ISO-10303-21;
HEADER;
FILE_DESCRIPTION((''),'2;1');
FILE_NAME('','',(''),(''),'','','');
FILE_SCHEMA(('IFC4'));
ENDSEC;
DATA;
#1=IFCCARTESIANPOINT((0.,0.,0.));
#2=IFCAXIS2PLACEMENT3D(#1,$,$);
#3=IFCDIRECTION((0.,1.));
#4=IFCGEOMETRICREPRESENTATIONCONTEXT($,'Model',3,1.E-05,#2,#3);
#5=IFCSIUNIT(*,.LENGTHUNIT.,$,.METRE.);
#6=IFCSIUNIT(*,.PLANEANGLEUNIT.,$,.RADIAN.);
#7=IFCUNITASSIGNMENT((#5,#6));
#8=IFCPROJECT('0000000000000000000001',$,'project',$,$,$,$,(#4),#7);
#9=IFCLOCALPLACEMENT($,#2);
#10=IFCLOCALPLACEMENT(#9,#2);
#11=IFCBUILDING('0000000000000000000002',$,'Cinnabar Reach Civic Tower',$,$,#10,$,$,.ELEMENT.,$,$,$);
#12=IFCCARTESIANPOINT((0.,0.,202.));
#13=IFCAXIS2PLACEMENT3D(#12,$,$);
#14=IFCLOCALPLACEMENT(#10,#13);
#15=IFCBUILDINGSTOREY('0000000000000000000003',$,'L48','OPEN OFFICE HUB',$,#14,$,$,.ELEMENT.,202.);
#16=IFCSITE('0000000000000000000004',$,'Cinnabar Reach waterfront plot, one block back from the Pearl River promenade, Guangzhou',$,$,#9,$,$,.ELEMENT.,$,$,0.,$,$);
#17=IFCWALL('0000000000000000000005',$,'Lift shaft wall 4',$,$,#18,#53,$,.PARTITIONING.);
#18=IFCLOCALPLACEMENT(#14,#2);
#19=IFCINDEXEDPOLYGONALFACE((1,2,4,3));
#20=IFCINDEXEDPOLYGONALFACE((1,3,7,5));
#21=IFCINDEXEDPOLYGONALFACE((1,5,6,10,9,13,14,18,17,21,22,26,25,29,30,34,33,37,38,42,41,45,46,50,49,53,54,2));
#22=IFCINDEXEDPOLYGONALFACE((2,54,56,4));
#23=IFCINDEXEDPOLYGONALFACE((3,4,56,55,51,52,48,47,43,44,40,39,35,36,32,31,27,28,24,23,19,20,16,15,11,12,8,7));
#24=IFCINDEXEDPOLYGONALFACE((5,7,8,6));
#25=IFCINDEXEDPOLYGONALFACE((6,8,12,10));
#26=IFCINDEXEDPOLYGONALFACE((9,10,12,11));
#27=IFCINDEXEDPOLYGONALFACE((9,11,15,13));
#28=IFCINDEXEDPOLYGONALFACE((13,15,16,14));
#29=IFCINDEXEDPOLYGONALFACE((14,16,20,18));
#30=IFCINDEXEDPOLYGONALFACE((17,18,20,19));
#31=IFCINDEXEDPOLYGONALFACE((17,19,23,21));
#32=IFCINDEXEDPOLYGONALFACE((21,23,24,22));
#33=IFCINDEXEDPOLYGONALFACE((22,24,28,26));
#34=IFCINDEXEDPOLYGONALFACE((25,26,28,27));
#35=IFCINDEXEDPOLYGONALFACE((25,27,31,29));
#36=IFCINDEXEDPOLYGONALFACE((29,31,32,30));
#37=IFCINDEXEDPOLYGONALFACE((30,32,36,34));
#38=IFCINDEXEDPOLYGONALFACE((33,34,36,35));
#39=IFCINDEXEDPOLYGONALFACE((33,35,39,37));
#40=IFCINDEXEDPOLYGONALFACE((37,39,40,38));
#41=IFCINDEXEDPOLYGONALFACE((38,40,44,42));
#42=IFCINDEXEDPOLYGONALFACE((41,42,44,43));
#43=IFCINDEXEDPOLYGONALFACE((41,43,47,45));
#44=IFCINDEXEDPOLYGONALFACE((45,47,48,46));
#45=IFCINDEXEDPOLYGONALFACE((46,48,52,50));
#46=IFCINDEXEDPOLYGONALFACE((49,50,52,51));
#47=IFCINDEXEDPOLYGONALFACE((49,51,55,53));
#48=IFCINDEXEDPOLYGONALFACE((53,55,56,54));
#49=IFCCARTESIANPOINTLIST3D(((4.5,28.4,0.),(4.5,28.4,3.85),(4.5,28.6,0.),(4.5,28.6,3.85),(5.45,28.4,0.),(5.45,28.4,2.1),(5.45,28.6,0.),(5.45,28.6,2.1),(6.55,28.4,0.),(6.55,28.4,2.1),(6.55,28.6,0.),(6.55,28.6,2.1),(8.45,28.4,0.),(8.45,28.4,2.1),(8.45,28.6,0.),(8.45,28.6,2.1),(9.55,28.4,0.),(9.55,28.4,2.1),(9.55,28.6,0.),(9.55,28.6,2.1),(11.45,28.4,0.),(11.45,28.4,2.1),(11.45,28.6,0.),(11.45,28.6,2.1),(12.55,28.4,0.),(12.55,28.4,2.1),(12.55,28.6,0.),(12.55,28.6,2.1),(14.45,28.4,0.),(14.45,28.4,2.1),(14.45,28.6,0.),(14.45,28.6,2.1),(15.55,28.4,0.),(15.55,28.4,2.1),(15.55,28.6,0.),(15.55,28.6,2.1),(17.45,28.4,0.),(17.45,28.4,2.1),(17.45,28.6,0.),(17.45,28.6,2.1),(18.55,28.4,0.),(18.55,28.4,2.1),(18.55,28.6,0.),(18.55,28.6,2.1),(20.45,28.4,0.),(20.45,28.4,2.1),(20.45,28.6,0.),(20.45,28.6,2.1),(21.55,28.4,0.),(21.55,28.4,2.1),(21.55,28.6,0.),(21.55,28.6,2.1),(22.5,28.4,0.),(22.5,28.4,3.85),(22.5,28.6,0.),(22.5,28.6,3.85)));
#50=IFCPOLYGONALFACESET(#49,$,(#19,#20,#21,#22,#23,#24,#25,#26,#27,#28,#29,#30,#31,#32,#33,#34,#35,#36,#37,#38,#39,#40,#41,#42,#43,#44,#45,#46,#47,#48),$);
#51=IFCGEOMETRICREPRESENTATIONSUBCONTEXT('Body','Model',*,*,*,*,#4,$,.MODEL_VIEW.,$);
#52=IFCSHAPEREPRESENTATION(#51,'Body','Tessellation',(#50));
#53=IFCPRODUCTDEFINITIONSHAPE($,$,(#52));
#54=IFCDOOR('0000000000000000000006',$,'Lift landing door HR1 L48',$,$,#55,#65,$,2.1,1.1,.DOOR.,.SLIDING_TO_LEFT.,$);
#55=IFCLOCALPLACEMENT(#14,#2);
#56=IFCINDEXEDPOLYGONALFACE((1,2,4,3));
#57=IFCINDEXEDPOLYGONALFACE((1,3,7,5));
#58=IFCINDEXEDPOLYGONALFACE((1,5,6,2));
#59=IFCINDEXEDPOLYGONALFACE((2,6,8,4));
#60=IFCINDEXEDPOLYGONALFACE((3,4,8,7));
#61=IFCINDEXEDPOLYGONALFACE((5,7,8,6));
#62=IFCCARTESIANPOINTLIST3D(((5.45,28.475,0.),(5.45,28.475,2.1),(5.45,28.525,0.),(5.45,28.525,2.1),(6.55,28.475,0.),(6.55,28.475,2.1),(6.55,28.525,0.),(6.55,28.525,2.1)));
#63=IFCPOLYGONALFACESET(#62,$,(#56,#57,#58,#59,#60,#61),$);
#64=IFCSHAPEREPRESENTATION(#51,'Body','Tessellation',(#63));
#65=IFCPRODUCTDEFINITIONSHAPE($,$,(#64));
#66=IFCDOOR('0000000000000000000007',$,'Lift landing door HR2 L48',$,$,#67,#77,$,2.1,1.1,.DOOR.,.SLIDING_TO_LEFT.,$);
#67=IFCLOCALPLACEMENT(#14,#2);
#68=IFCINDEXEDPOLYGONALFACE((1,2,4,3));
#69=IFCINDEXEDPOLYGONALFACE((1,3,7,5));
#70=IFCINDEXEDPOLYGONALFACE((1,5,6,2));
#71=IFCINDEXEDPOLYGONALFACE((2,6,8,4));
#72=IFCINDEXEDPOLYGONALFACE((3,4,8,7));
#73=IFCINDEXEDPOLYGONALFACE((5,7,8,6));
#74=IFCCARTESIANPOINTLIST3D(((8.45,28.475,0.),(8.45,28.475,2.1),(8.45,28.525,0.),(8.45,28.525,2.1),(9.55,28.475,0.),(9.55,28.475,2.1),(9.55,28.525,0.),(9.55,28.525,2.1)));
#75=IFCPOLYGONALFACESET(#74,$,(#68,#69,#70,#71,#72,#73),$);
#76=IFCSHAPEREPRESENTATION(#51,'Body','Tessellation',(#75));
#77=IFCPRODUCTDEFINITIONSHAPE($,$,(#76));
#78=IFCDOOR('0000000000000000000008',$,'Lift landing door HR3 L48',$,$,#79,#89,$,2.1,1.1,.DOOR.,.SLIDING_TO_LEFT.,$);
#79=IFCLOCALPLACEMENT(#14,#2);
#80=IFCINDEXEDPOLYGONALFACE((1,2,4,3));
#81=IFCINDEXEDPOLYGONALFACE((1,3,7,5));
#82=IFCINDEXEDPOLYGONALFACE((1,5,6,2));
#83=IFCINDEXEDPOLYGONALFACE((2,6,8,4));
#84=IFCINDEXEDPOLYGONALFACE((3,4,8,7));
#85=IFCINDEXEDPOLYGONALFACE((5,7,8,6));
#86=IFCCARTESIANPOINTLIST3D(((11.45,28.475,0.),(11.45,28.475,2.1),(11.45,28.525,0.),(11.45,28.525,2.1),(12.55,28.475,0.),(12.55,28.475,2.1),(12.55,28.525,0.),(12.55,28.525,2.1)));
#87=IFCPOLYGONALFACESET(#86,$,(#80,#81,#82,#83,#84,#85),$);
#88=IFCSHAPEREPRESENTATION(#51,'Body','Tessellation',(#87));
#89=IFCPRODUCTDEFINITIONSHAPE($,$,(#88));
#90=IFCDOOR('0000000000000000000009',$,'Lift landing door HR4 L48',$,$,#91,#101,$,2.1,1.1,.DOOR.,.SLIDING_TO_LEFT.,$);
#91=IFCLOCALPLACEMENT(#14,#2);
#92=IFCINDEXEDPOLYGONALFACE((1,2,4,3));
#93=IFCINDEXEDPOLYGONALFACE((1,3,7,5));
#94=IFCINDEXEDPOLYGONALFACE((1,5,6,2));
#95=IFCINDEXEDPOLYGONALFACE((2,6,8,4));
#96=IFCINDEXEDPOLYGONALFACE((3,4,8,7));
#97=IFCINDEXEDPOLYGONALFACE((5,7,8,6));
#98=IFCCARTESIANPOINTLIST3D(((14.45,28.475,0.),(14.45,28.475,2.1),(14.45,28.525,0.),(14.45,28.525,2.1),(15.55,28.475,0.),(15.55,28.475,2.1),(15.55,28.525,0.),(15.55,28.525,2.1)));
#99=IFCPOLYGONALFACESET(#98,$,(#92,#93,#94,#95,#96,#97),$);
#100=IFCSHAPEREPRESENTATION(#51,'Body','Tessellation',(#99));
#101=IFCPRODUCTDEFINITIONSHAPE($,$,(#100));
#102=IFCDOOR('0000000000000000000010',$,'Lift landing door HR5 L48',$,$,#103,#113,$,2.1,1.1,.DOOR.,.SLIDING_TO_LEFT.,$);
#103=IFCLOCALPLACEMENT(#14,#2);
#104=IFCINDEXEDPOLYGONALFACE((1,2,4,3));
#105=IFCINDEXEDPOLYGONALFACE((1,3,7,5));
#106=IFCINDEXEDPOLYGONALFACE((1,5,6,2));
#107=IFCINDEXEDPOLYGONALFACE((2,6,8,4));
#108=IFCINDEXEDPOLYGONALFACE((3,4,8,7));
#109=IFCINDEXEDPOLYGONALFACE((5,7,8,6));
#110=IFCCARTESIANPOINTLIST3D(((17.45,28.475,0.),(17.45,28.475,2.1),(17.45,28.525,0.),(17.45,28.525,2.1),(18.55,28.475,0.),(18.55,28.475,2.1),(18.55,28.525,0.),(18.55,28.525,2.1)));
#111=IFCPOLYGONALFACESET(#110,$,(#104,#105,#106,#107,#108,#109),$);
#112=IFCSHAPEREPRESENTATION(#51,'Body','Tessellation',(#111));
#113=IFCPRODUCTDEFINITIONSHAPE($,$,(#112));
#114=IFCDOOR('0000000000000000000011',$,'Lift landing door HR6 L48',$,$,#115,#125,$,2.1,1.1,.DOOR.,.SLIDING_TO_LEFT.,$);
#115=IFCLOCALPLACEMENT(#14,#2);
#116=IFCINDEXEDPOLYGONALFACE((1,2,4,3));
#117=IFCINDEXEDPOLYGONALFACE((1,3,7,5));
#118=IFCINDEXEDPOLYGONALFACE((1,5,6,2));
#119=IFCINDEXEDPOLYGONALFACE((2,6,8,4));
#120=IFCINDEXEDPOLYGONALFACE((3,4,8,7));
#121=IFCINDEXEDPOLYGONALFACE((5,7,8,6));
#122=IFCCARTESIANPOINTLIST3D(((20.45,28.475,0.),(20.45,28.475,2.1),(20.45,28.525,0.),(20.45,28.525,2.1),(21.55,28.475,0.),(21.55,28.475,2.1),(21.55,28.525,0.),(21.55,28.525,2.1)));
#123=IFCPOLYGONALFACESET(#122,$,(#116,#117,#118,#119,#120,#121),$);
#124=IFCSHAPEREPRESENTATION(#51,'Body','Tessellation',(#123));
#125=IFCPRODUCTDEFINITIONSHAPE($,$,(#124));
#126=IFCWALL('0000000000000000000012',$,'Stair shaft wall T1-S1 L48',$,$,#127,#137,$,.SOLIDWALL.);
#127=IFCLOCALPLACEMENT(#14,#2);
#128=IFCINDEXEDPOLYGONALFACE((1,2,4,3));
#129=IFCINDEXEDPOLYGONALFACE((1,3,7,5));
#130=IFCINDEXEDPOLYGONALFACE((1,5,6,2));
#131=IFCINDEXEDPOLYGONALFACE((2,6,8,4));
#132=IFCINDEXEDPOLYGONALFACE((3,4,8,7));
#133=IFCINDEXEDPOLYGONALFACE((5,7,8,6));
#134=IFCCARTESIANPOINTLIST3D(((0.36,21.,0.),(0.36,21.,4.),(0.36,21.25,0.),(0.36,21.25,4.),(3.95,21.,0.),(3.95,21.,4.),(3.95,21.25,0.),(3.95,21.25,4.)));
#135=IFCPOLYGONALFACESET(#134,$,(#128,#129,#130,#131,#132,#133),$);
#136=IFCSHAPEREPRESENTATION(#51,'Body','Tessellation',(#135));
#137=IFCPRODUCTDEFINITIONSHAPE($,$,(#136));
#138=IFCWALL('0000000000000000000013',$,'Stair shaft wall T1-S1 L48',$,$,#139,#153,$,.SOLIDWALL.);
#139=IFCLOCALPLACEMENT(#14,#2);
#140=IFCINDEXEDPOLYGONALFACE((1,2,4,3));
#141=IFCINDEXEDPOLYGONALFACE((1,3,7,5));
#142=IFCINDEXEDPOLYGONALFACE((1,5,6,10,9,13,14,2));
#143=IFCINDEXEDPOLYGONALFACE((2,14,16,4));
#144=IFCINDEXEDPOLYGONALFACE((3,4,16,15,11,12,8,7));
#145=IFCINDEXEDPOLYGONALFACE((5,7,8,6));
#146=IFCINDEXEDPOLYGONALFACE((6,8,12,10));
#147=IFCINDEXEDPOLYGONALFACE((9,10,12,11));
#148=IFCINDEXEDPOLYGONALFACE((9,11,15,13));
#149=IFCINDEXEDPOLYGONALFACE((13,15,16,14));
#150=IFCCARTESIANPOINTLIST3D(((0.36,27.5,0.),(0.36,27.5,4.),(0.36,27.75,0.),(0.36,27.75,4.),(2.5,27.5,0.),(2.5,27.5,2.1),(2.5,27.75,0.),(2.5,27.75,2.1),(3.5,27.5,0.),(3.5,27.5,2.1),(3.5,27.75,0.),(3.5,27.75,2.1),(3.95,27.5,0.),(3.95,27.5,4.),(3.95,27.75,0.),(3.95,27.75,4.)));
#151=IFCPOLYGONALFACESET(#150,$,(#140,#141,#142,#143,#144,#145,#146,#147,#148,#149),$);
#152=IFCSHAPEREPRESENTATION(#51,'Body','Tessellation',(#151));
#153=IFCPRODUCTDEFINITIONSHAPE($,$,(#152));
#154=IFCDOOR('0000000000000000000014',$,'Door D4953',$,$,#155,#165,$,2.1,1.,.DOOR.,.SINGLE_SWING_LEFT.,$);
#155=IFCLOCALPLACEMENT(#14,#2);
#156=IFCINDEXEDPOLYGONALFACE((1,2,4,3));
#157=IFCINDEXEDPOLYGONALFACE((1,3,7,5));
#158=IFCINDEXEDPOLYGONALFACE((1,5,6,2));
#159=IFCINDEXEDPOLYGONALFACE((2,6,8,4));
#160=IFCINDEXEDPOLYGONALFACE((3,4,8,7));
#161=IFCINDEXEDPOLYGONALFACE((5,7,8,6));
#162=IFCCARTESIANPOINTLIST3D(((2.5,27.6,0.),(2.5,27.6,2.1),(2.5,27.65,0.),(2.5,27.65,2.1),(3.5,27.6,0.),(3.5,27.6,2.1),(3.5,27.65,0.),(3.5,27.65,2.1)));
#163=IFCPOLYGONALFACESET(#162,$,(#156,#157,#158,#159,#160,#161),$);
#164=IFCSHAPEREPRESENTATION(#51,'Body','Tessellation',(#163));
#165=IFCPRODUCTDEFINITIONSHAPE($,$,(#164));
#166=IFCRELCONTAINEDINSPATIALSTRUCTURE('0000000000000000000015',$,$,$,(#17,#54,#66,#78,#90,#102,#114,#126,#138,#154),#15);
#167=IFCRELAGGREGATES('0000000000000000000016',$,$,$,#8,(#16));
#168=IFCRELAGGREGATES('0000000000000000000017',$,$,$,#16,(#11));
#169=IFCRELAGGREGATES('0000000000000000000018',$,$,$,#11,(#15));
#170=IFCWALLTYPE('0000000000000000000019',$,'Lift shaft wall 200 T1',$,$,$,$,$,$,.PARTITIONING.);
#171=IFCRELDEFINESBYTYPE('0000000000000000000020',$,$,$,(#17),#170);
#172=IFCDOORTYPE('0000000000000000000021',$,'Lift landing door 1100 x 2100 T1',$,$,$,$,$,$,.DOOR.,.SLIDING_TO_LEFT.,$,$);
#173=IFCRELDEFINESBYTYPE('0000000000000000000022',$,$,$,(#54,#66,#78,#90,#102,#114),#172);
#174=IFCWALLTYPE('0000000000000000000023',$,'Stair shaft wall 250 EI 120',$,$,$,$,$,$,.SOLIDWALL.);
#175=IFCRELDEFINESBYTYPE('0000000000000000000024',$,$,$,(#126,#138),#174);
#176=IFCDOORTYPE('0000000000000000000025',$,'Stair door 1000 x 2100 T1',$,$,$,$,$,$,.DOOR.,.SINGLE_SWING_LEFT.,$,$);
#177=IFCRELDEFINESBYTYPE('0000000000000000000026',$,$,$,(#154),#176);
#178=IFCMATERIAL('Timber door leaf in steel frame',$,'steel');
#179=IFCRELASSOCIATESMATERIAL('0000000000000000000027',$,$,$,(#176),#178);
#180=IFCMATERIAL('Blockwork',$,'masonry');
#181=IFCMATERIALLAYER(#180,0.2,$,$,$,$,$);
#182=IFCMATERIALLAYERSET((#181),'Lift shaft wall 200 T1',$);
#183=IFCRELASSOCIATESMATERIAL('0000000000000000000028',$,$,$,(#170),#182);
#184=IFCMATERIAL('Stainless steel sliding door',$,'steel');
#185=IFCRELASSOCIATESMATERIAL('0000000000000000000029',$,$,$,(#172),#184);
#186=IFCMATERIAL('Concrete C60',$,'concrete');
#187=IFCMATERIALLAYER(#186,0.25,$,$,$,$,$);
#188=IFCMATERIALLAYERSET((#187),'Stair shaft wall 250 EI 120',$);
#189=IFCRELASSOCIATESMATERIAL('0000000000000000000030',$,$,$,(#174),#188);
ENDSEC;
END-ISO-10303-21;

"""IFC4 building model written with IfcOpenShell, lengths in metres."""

from ifc_helpers import new_model, si_unit, direction, frame, frame_2d, origin, place, context, subcontext, project, spatial, rectangle, extrude, material, layer, layer_set, type_object, element, fill, save


model = new_model("IFC4")

# Units and contexts
model_context = context("Model", 3, precision=1e-05, world=origin(), true_north=direction((0.0, 1.0)))
body_context = subcontext(model_context, "Body", "Model", "MODEL_VIEW")
ifc_project = project(units=[si_unit("LENGTHUNIT", "METRE"), si_unit("PLANEANGLEUNIT", "RADIAN")], contexts=[model_context])

# Site, building, storey
site_placement = place(None, origin())
site = spatial("IfcSite", under=ifc_project, at=site_placement, Name="Cinnabar Reach waterfront plot, one block back from the Pearl River promenade, Guangzhou", CompositionType="ELEMENT", RefElevation=0.0)
building_placement = place(site_placement, origin())
building = spatial("IfcBuilding", under=site, at=building_placement, Name="Cinnabar Reach Civic Tower", CompositionType="ELEMENT")
storey_placement = place(building_placement, frame((0.0, 0.0, 202.0)))
storey = spatial("IfcBuildingStorey", under=building, at=storey_placement, Name="L48", Description="OPEN OFFICE HUB", CompositionType="ELEMENT", Elevation=202.0)

# Shared definitions
ifc_material_1 = material(Name="Concrete C60", Category="concrete")

# Shared definitions
ifc_material_2 = material(Name="Timber door leaf in steel frame", Category="steel")
door_type_1 = type_object("IfcDoorType", Name="Stair door 1000 x 2100 T1", OperationType="SINGLE_SWING_LEFT", PredefinedType="DOOR", material=ifc_material_2)

# Wall, openings, doors
ifc_material_3 = material(Name="Blockwork", Category="masonry")
ifc_layer_1 = layer(ifc_material_3, 0.2)
ifc_layer_set_1 = layer_set([ifc_layer_1], Name="Lift shaft wall 200 T1")
wall_type_1 = type_object("IfcWallType", Name="Lift shaft wall 200 T1", PredefinedType="PARTITIONING", material=ifc_layer_set_1)
wall_1_placement = place(storey_placement, frame((4.5, 28.5, 0.0), z_axis=(0.0, 0.0, 1.0), x_axis=(1.0, 0.0, 0.0)))
wall_1 = element("IfcWall", 1, at=wall_1_placement, inside=storey, type_object=wall_type_1, Name="Lift shaft wall 4", PredefinedType="PARTITIONING", context=body_context, shape_type="SweptSolid", body=[
    extrude(rectangle(XDim=18.0, YDim=0.2, at=frame_2d((9.0, 0.0))), origin(), (0.0, 0.0, 1.0), 3.85),
])
opening_1_placement = place(wall_1_placement, frame((0.95, 0.0, 0.0)))
opening_1 = element("IfcOpeningElement", 2, at=opening_1_placement, cuts=wall_1, PredefinedType="OPENING", context=body_context, shape_type="SweptSolid", body=[
    extrude(rectangle(XDim=1.1, YDim=2.1, at=frame_2d((0.55, 1.05))), frame((0.0, 0.11, 0.0), z_axis=(0.0, -1.0, 0.0), x_axis=(1.0, 0.0, 0.0)), (0.0, 0.0, 1.0), 0.22),
])
opening_2_placement = place(wall_1_placement, frame((3.95, 0.0, 0.0)))
opening_2 = element("IfcOpeningElement", 3, at=opening_2_placement, cuts=wall_1, PredefinedType="OPENING", context=body_context, shape_type="SweptSolid", body=[
    extrude(rectangle(XDim=1.1, YDim=2.1, at=frame_2d((0.55, 1.05))), frame((0.0, 0.11, 0.0), z_axis=(0.0, -1.0, 0.0), x_axis=(1.0, 0.0, 0.0)), (0.0, 0.0, 1.0), 0.22),
])
opening_3_placement = place(wall_1_placement, frame((6.95, 0.0, 0.0)))
opening_3 = element("IfcOpeningElement", 4, at=opening_3_placement, cuts=wall_1, PredefinedType="OPENING", context=body_context, shape_type="SweptSolid", body=[
    extrude(rectangle(XDim=1.1, YDim=2.1, at=frame_2d((0.55, 1.05))), frame((0.0, 0.11, 0.0), z_axis=(0.0, -1.0, 0.0), x_axis=(1.0, 0.0, 0.0)), (0.0, 0.0, 1.0), 0.22),
])
opening_4_placement = place(wall_1_placement, frame((9.95, 0.0, 0.0)))
opening_4 = element("IfcOpeningElement", 5, at=opening_4_placement, cuts=wall_1, PredefinedType="OPENING", context=body_context, shape_type="SweptSolid", body=[
    extrude(rectangle(XDim=1.1, YDim=2.1, at=frame_2d((0.55, 1.05))), frame((0.0, 0.11, 0.0), z_axis=(0.0, -1.0, 0.0), x_axis=(1.0, 0.0, 0.0)), (0.0, 0.0, 1.0), 0.22),
])
opening_5_placement = place(wall_1_placement, frame((12.95, 0.0, 0.0)))
opening_5 = element("IfcOpeningElement", 6, at=opening_5_placement, cuts=wall_1, PredefinedType="OPENING", context=body_context, shape_type="SweptSolid", body=[
    extrude(rectangle(XDim=1.1, YDim=2.1, at=frame_2d((0.55, 1.05))), frame((0.0, 0.11, 0.0), z_axis=(0.0, -1.0, 0.0), x_axis=(1.0, 0.0, 0.0)), (0.0, 0.0, 1.0), 0.22),
])
opening_6_placement = place(wall_1_placement, frame((15.95, 0.0, 0.0)))
opening_6 = element("IfcOpeningElement", 7, at=opening_6_placement, cuts=wall_1, PredefinedType="OPENING", context=body_context, shape_type="SweptSolid", body=[
    extrude(rectangle(XDim=1.1, YDim=2.1, at=frame_2d((0.55, 1.05))), frame((0.0, 0.11, 0.0), z_axis=(0.0, -1.0, 0.0), x_axis=(1.0, 0.0, 0.0)), (0.0, 0.0, 1.0), 0.22),
])
ifc_material_4 = material(Name="Stainless steel sliding door", Category="steel")
door_type_2 = type_object("IfcDoorType", Name="Lift landing door 1100 x 2100 T1", OperationType="SLIDING_TO_LEFT", PredefinedType="DOOR", material=ifc_material_4)
door_1_placement = place(opening_1_placement, origin())
door_1 = element("IfcDoor", 8, at=door_1_placement, inside=storey, type_object=door_type_2, Name="Lift landing door HR1 L48", OperationType="SLIDING_TO_LEFT", OverallHeight=2.1, OverallWidth=1.1, PredefinedType="DOOR", context=body_context, shape_type="SweptSolid", body=[
    extrude(rectangle(XDim=1.1, YDim=2.1, at=frame_2d((0.55, 1.05))), frame((0.0, 0.025, 0.0), z_axis=(0.0, -1.0, 0.0), x_axis=(1.0, 0.0, 0.0)), (0.0, 0.0, 1.0), 0.05),
])
fill(opening_1, door_1)
door_2_placement = place(opening_2_placement, origin())
door_2 = element("IfcDoor", 9, at=door_2_placement, inside=storey, type_object=door_type_2, Name="Lift landing door HR2 L48", OperationType="SLIDING_TO_LEFT", OverallHeight=2.1, OverallWidth=1.1, PredefinedType="DOOR", context=body_context, shape_type="SweptSolid", body=[
    extrude(rectangle(XDim=1.1, YDim=2.1, at=frame_2d((0.55, 1.05))), frame((0.0, 0.025, 0.0), z_axis=(0.0, -1.0, 0.0), x_axis=(1.0, 0.0, 0.0)), (0.0, 0.0, 1.0), 0.05),
])
fill(opening_2, door_2)
door_3_placement = place(opening_3_placement, origin())
door_3 = element("IfcDoor", 10, at=door_3_placement, inside=storey, type_object=door_type_2, Name="Lift landing door HR3 L48", OperationType="SLIDING_TO_LEFT", OverallHeight=2.1, OverallWidth=1.1, PredefinedType="DOOR", context=body_context, shape_type="SweptSolid", body=[
    extrude(rectangle(XDim=1.1, YDim=2.1, at=frame_2d((0.55, 1.05))), frame((0.0, 0.025, 0.0), z_axis=(0.0, -1.0, 0.0), x_axis=(1.0, 0.0, 0.0)), (0.0, 0.0, 1.0), 0.05),
])
fill(opening_3, door_3)
door_4_placement = place(opening_4_placement, origin())
door_4 = element("IfcDoor", 11, at=door_4_placement, inside=storey, type_object=door_type_2, Name="Lift landing door HR4 L48", OperationType="SLIDING_TO_LEFT", OverallHeight=2.1, OverallWidth=1.1, PredefinedType="DOOR", context=body_context, shape_type="SweptSolid", body=[
    extrude(rectangle(XDim=1.1, YDim=2.1, at=frame_2d((0.55, 1.05))), frame((0.0, 0.025, 0.0), z_axis=(0.0, -1.0, 0.0), x_axis=(1.0, 0.0, 0.0)), (0.0, 0.0, 1.0), 0.05),
])
fill(opening_4, door_4)
door_5_placement = place(opening_5_placement, origin())
door_5 = element("IfcDoor", 12, at=door_5_placement, inside=storey, type_object=door_type_2, Name="Lift landing door HR5 L48", OperationType="SLIDING_TO_LEFT", OverallHeight=2.1, OverallWidth=1.1, PredefinedType="DOOR", context=body_context, shape_type="SweptSolid", body=[
    extrude(rectangle(XDim=1.1, YDim=2.1, at=frame_2d((0.55, 1.05))), frame((0.0, 0.025, 0.0), z_axis=(0.0, -1.0, 0.0), x_axis=(1.0, 0.0, 0.0)), (0.0, 0.0, 1.0), 0.05),
])
fill(opening_5, door_5)
door_6_placement = place(opening_6_placement, origin())
door_6 = element("IfcDoor", 13, at=door_6_placement, inside=storey, type_object=door_type_2, Name="Lift landing door HR6 L48", OperationType="SLIDING_TO_LEFT", OverallHeight=2.1, OverallWidth=1.1, PredefinedType="DOOR", context=body_context, shape_type="SweptSolid", body=[
    extrude(rectangle(XDim=1.1, YDim=2.1, at=frame_2d((0.55, 1.05))), frame((0.0, 0.025, 0.0), z_axis=(0.0, -1.0, 0.0), x_axis=(1.0, 0.0, 0.0)), (0.0, 0.0, 1.0), 0.05),
])
fill(opening_6, door_6)

# Wall
ifc_layer_2 = layer(ifc_material_1, 0.25)
ifc_layer_set_2 = layer_set([ifc_layer_2], Name="Stair shaft wall 250 EI 120")
wall_type_2 = type_object("IfcWallType", Name="Stair shaft wall 250 EI 120", PredefinedType="SOLIDWALL", material=ifc_layer_set_2)
wall_2_placement = place(storey_placement, frame((0.36, 21.125, 0.0), z_axis=(0.0, 0.0, 1.0), x_axis=(1.0, 0.0, 0.0)))
element("IfcWall", 14, at=wall_2_placement, inside=storey, type_object=wall_type_2, Name="Stair shaft wall T1-S1 L48", PredefinedType="SOLIDWALL", context=body_context, shape_type="SweptSolid", body=[
    extrude(rectangle(XDim=3.59, YDim=0.25, at=frame_2d((1.795, 0.0))), origin(), (0.0, 0.0, 1.0), 4.0),
])

# Wall, opening, door
wall_3_placement = place(storey_placement, frame((3.95, 27.625, 0.0), z_axis=(0.0, 0.0, 1.0), x_axis=(-1.0, 0.0, 0.0)))
wall_3 = element("IfcWall", 15, at=wall_3_placement, inside=storey, type_object=wall_type_2, Name="Stair shaft wall T1-S1 L48", PredefinedType="SOLIDWALL", context=body_context, shape_type="SweptSolid", body=[
    extrude(rectangle(XDim=3.59, YDim=0.25, at=frame_2d((1.795, 0.0))), origin(), (0.0, 0.0, 1.0), 4.0),
])
opening_7_placement = place(wall_3_placement, frame((0.45, 0.0, 0.0)))
opening_7 = element("IfcOpeningElement", 16, at=opening_7_placement, cuts=wall_3, PredefinedType="OPENING", context=body_context, shape_type="SweptSolid", body=[
    extrude(rectangle(XDim=1.0, YDim=2.1, at=frame_2d((0.5, 1.05))), frame((0.0, 0.135, 0.0), z_axis=(0.0, -1.0, 0.0), x_axis=(1.0, 0.0, 0.0)), (0.0, 0.0, 1.0), 0.27),
])
door_7_placement = place(opening_7_placement, origin())
door_7 = element("IfcDoor", 17, at=door_7_placement, inside=storey, type_object=door_type_1, Name="Door D4953", OperationType="SINGLE_SWING_LEFT", OverallHeight=2.1, OverallWidth=1.0, PredefinedType="DOOR", context=body_context, shape_type="SweptSolid", body=[
    extrude(rectangle(XDim=1.0, YDim=2.1, at=frame_2d((0.5, 1.05))), frame((0.0, 0.025, 0.0), z_axis=(0.0, -1.0, 0.0), x_axis=(1.0, 0.0, 0.0)), (0.0, 0.0, 1.0), 0.05),
])
fill(opening_7, door_7)

save(model, "model.ifc")
